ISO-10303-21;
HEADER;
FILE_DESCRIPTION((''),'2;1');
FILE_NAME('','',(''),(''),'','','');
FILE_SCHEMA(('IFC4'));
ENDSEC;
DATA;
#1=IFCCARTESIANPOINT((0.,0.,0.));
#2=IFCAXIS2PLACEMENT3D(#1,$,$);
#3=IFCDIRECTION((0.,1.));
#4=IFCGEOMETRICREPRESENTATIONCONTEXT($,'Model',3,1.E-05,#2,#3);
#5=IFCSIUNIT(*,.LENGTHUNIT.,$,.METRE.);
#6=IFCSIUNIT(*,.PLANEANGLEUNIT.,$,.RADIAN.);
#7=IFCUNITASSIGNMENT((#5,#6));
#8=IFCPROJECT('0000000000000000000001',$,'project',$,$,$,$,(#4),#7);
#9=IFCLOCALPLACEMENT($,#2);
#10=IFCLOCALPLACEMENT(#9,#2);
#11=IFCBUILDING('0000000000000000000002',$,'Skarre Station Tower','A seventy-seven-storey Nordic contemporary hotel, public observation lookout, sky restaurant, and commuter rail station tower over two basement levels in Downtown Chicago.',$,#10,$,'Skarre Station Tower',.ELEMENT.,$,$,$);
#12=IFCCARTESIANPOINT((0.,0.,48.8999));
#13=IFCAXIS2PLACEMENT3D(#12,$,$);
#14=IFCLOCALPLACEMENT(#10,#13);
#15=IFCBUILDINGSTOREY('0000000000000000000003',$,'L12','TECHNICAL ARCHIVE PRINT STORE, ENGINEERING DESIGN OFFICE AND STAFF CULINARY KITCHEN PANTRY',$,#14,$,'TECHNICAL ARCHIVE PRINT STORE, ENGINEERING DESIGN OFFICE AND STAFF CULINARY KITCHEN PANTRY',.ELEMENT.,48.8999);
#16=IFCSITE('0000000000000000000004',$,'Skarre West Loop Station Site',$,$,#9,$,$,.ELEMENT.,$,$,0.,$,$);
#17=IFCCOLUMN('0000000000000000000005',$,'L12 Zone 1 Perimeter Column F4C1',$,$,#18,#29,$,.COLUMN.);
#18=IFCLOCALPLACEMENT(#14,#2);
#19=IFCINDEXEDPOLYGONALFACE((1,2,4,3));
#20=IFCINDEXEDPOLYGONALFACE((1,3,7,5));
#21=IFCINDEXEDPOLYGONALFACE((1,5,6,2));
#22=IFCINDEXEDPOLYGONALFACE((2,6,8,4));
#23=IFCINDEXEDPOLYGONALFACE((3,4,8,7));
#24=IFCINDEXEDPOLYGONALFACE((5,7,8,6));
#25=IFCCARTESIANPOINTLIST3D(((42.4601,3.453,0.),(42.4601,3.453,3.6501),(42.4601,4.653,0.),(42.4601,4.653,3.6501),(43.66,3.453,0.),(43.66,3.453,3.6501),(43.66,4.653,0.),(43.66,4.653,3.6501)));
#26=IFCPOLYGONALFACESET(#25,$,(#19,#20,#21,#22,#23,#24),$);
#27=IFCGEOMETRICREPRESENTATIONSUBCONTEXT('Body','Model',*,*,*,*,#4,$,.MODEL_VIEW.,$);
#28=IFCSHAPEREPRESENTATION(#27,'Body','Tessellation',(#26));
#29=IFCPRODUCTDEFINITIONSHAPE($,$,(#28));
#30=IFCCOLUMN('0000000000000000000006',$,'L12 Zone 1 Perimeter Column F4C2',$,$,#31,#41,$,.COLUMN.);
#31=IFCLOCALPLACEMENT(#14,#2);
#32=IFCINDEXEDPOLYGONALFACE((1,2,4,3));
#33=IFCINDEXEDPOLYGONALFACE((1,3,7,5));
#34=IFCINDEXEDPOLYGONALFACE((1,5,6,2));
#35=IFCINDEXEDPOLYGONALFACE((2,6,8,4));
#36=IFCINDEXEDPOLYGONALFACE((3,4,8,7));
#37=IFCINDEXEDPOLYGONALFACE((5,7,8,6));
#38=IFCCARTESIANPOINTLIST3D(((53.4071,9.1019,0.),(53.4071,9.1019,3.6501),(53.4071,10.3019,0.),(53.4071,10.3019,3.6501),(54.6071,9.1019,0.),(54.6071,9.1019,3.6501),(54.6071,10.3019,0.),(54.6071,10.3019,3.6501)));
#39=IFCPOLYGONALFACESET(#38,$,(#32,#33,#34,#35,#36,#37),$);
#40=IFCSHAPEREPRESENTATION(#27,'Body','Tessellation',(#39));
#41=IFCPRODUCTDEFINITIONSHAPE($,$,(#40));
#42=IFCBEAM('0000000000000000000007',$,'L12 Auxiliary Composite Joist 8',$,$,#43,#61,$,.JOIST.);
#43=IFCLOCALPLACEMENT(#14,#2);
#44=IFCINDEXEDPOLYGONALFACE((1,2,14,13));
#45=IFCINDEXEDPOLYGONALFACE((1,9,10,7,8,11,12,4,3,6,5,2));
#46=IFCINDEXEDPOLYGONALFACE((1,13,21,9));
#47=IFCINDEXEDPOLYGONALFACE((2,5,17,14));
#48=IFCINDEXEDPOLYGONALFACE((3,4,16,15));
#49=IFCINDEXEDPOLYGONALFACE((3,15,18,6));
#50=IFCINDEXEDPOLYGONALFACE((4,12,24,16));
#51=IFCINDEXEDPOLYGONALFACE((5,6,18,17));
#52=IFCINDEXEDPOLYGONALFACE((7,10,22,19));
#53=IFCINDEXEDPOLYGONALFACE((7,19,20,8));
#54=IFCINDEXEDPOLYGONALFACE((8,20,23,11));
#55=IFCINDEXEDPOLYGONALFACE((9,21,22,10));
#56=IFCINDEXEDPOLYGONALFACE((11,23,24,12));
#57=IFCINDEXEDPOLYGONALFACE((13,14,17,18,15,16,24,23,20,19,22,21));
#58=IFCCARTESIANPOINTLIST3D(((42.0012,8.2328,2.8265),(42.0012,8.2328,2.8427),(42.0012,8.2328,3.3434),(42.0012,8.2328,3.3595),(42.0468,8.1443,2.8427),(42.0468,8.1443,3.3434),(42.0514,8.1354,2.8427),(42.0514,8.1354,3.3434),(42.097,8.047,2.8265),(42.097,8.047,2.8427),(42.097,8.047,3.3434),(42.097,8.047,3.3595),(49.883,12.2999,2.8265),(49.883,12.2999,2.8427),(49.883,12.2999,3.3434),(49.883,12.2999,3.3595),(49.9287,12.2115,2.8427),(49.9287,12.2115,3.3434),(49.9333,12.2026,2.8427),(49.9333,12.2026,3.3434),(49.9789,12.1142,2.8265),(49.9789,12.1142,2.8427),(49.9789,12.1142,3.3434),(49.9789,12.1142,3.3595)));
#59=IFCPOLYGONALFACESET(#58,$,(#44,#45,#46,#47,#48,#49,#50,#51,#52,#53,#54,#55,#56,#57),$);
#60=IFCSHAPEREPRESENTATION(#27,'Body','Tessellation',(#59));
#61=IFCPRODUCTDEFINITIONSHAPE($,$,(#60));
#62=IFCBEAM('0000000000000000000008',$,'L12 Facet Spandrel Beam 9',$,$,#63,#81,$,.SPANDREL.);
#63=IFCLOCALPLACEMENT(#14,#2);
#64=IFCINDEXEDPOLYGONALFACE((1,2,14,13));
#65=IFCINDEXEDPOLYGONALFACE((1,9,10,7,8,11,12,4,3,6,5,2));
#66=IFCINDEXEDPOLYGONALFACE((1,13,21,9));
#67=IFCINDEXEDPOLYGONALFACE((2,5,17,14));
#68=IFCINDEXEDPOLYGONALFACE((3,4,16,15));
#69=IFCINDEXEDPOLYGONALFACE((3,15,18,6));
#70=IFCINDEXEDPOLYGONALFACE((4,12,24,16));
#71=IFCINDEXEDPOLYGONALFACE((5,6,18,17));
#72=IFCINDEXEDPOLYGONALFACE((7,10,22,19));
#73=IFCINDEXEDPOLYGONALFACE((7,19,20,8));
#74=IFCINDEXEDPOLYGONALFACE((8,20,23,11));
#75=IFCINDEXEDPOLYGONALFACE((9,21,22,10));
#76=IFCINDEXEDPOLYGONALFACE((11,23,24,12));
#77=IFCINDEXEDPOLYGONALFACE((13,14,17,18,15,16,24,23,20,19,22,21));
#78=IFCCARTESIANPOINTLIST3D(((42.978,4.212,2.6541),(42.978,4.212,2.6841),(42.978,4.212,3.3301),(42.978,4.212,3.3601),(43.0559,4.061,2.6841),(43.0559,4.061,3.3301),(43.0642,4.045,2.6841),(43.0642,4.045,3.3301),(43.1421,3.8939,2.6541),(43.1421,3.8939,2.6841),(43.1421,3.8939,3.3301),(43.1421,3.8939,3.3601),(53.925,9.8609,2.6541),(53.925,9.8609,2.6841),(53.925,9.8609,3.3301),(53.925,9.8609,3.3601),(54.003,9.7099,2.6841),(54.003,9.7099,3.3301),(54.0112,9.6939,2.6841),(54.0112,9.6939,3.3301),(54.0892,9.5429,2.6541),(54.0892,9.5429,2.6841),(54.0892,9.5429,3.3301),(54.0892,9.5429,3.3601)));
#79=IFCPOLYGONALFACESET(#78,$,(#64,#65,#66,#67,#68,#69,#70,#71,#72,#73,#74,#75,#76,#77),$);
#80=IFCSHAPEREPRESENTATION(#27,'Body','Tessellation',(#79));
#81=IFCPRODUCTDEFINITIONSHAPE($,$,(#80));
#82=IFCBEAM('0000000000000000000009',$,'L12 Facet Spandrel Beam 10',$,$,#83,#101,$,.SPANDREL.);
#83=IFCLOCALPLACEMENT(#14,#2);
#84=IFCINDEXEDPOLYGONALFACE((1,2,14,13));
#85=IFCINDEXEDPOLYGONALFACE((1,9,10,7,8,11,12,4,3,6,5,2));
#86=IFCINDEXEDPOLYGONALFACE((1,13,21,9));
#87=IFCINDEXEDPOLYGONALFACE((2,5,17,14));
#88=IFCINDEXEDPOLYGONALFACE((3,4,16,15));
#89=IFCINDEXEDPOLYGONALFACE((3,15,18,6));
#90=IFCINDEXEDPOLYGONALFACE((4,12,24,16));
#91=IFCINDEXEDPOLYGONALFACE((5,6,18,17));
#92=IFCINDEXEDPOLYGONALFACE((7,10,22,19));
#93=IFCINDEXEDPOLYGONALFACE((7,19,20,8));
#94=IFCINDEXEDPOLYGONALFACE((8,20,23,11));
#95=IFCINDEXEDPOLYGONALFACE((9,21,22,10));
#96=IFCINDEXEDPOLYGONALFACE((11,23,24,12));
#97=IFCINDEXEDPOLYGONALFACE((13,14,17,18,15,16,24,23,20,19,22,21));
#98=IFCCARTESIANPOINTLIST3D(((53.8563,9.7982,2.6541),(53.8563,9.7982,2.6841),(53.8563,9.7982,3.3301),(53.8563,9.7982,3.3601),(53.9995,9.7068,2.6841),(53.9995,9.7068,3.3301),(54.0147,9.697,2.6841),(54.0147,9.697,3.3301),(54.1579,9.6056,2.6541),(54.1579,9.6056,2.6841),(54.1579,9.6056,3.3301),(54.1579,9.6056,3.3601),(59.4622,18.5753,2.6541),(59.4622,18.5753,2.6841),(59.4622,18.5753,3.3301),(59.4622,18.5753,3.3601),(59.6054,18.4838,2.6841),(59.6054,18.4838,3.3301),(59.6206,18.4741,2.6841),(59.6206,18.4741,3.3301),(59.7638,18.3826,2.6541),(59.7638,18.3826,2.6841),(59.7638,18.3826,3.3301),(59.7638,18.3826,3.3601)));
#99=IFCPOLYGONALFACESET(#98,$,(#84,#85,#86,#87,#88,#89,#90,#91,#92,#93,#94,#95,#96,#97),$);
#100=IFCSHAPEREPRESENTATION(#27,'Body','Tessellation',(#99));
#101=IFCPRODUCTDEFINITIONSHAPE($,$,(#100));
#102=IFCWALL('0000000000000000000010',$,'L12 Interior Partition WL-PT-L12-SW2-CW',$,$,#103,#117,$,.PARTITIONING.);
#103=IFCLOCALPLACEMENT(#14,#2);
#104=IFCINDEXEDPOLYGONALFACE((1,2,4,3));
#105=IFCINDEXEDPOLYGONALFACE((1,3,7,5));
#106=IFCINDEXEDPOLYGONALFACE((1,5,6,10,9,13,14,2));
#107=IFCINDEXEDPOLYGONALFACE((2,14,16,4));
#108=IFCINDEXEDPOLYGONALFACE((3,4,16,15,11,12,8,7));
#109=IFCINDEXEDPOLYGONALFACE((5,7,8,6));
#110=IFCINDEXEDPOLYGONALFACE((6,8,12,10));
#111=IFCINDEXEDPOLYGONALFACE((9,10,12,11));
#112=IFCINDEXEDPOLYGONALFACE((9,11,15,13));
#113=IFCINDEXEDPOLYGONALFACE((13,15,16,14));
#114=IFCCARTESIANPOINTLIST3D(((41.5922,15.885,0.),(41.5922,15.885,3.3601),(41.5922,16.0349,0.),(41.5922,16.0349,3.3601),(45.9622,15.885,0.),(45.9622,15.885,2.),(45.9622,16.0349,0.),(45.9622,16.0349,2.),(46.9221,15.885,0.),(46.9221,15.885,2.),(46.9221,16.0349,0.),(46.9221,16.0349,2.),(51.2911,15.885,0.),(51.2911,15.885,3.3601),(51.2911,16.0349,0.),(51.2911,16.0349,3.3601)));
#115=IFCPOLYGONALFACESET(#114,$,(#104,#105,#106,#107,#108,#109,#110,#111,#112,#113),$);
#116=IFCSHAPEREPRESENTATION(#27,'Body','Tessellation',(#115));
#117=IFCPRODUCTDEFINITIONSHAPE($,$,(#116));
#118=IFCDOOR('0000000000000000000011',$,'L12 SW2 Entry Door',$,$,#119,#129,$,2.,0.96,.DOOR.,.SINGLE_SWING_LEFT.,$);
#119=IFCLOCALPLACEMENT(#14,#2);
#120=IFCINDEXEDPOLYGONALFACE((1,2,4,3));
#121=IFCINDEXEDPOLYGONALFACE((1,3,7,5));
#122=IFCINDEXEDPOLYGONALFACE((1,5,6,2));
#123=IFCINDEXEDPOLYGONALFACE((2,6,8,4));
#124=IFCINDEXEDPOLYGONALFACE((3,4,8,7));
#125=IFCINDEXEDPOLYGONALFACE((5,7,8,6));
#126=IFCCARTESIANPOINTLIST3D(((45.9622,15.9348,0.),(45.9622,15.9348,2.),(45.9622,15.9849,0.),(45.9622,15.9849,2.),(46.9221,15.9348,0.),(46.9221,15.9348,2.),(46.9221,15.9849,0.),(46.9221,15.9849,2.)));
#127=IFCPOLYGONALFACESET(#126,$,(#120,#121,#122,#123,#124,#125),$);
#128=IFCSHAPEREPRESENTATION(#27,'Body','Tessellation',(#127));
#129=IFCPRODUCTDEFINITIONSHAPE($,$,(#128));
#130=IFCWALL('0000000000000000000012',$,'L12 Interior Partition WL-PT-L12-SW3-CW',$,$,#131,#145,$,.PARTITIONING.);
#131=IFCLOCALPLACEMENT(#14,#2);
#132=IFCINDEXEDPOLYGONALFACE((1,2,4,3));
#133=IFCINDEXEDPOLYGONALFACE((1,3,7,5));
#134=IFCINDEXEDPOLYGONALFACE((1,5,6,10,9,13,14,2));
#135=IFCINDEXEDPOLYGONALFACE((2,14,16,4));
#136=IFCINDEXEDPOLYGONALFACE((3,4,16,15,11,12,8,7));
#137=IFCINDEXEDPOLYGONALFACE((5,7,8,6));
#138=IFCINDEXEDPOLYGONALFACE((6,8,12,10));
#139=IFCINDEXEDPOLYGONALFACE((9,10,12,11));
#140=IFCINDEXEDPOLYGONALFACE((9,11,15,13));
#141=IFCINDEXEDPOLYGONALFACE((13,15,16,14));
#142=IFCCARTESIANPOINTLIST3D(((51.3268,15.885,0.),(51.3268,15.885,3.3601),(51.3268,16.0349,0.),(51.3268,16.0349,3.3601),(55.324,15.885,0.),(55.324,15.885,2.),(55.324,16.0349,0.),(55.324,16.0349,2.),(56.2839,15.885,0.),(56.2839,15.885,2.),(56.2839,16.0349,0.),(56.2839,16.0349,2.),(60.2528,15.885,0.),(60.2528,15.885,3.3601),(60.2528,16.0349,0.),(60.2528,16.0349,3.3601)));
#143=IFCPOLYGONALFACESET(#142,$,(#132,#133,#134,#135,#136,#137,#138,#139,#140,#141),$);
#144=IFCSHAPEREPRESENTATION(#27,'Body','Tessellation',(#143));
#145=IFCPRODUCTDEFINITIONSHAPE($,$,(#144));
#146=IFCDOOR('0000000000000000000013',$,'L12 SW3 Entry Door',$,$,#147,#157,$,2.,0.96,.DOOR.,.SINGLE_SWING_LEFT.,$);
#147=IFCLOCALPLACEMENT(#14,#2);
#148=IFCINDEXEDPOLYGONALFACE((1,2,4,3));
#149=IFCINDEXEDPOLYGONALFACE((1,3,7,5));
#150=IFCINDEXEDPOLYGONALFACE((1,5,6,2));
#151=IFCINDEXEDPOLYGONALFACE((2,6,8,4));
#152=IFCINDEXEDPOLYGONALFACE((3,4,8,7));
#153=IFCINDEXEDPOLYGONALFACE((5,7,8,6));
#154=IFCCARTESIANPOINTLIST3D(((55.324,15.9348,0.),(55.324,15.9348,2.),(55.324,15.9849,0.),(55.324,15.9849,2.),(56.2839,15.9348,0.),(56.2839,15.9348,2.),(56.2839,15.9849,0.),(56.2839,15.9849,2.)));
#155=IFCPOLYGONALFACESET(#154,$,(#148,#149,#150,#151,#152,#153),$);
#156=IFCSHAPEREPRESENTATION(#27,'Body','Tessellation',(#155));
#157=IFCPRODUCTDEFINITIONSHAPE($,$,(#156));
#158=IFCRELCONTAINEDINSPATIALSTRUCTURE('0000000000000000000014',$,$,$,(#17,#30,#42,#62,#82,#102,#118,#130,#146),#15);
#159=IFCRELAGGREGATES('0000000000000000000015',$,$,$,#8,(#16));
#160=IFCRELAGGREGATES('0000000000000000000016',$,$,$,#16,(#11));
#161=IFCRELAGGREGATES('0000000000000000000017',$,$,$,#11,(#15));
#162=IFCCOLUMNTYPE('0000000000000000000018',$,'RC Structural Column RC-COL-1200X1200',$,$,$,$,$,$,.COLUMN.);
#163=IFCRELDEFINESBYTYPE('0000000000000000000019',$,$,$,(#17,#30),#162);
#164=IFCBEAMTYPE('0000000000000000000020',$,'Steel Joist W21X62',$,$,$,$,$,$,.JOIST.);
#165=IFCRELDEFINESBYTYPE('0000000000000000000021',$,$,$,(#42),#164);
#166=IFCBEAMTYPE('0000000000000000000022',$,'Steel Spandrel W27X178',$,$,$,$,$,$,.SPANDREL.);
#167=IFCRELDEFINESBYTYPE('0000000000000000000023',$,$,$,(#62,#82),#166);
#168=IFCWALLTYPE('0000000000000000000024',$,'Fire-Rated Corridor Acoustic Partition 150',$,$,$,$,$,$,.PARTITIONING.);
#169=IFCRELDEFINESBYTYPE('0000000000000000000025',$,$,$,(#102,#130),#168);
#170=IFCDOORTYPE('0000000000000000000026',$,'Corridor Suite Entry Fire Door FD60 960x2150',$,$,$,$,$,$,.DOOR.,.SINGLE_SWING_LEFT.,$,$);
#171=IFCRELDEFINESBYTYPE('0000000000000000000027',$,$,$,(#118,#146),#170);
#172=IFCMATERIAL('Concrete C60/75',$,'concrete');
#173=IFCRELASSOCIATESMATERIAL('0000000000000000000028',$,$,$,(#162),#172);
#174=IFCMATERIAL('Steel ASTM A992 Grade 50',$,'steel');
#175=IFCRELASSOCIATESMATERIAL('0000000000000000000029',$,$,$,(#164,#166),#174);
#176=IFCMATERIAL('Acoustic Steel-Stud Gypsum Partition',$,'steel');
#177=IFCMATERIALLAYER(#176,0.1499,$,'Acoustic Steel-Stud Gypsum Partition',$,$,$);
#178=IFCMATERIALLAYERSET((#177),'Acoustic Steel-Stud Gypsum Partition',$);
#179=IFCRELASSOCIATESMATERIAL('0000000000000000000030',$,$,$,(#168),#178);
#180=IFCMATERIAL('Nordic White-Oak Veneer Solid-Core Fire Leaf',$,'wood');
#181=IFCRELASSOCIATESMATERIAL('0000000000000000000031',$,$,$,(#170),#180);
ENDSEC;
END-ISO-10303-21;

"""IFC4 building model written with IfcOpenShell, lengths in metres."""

from ifc_helpers import new_model, si_unit, direction, frame, frame_2d, origin, origin_2d, place, context, subcontext, project, spatial, rectangle, i_section, extrude, material, layer, layer_set, material_profile, profile_set, type_object, element, fill, save


model = new_model("IFC4")

# Units and contexts
model_context = context("Model", 3, precision=1e-05, world=origin(), true_north=direction((0.0, 1.0)))
body_context = subcontext(model_context, "Body", "Model", "MODEL_VIEW")
ifc_project = project(units=[si_unit("LENGTHUNIT", "METRE"), si_unit("PLANEANGLEUNIT", "RADIAN")], contexts=[model_context])

# Site, building, storey
site_placement = place(None, origin())
site = spatial("IfcSite", under=ifc_project, at=site_placement, Name="Skarre West Loop Station Site", CompositionType="ELEMENT", RefElevation=0.0)
building_placement = place(site_placement, origin())
building = spatial("IfcBuilding", under=site, at=building_placement, Name="Skarre Station Tower", Description="A seventy-seven-storey Nordic contemporary hotel, public observation lookout, sky restaurant, and commuter rail station tower over two basement levels in Downtown Chicago.", LongName="Skarre Station Tower", CompositionType="ELEMENT")
storey_placement = place(building_placement, frame((0.0, 0.0, 48.8999)))
storey = spatial("IfcBuildingStorey", under=building, at=storey_placement, Name="L12", Description="TECHNICAL ARCHIVE PRINT STORE, ENGINEERING DESIGN OFFICE AND STAFF CULINARY KITCHEN PANTRY", LongName="TECHNICAL ARCHIVE PRINT STORE, ENGINEERING DESIGN OFFICE AND STAFF CULINARY KITCHEN PANTRY", CompositionType="ELEMENT", Elevation=48.8999)

# Columns
ifc_material_1 = material(Name="Concrete C60/75", Category="concrete")
ifc_material_profile_1 = material_profile(ifc_material_1, rectangle(XDim=1.2, YDim=1.2, at=origin_2d()), Name="Concrete C60/75")
ifc_profile_set_1 = profile_set([ifc_material_profile_1], Name="Concrete C60/75")
column_type = type_object("IfcColumnType", Name="RC Structural Column RC-COL-1200X1200", PredefinedType="COLUMN", material=ifc_profile_set_1)
for number, where, z_axis, x_axis, name in (
    (1, (43.0601, 4.053, 0.0), (0.0, 0.0, 1.0), (1.0, 0.0, 0.0), "L12 Zone 1 Perimeter Column F4C1"),
    (2, (54.0071, 9.7019, 0.0), (0.0, 0.0, 1.0), (1.0, 0.0, 0.0), "L12 Zone 1 Perimeter Column F4C2"),
):
    element("IfcColumn", number, at=place(storey_placement, frame(where, z_axis=z_axis, x_axis=x_axis)), inside=storey, type_object=column_type, Name=name, PredefinedType="COLUMN", context=body_context, shape_type="SweptSolid", body=[
        extrude(rectangle(XDim=1.2, YDim=1.2, at=origin_2d()), origin(), (0.0, 0.0, 1.0), 3.6501),
    ])

# Beams
ifc_material_2 = material(Name="Steel ASTM A992 Grade 50", Category="steel")
ifc_material_profile_2 = material_profile(ifc_material_2, i_section(OverallWidth=0.209, OverallDepth=0.533, WebThickness=0.01, FlangeThickness=0.0161, at=origin_2d()), Name="Steel ASTM A992 Grade 50")
ifc_profile_set_2 = profile_set([ifc_material_profile_2], Name="Steel ASTM A992 Grade 50")
beam_type_1 = type_object("IfcBeamType", Name="Steel Joist W21X62", PredefinedType="JOIST", material=ifc_profile_set_2)
beam_1_placement = place(storey_placement, frame((42.0491, 8.1399, 3.093), z_axis=(0.888662, 0.458562, 0.0), x_axis=(-0.458562, 0.888662, 0.0)))
element("IfcBeam", 3, at=beam_1_placement, inside=storey, type_object=beam_type_1, Name="L12 Auxiliary Composite Joist 8", PredefinedType="JOIST", context=body_context, shape_type="SweptSolid", body=[
    extrude(i_section(OverallWidth=0.209, OverallDepth=0.533, WebThickness=0.01, FlangeThickness=0.0161, at=origin_2d()), origin(), (0.0, 0.0, 1.0), 8.8694),
])
ifc_material_profile_3 = material_profile(ifc_material_2, i_section(OverallWidth=0.3579, OverallDepth=0.7061, WebThickness=0.0181, FlangeThickness=0.03, at=origin_2d()), Name="Steel ASTM A992 Grade 50")
ifc_profile_set_3 = profile_set([ifc_material_profile_3], Name="Steel ASTM A992 Grade 50")
beam_type_2 = type_object("IfcBeamType", Name="Steel Spandrel W27X178", PredefinedType="SPANDREL", material=ifc_profile_set_3)
beam_2_placement = place(storey_placement, frame((43.0601, 4.053, 3.0071), z_axis=(0.888659, 0.458569, 0.0), x_axis=(-0.458569, 0.888659, 0.0)))
element("IfcBeam", 4, at=beam_2_placement, inside=storey, type_object=beam_type_2, Name="L12 Facet Spandrel Beam 9", PredefinedType="SPANDREL", context=body_context, shape_type="SweptSolid", body=[
    extrude(i_section(OverallWidth=0.3579, OverallDepth=0.7061, WebThickness=0.0181, FlangeThickness=0.03, at=origin_2d()), origin(), (0.0, 0.0, 1.0), 12.3186),
])
beam_3_placement = place(storey_placement, frame((54.0071, 9.7019, 3.0071), z_axis=(0.538278, 0.842767, 0.0), x_axis=(-0.842767, 0.538278, 0.0)))
element("IfcBeam", 5, at=beam_3_placement, inside=storey, type_object=beam_type_2, Name="L12 Facet Spandrel Beam 10", PredefinedType="SPANDREL", context=body_context, shape_type="SweptSolid", body=[
    extrude(i_section(OverallWidth=0.3579, OverallDepth=0.7061, WebThickness=0.0181, FlangeThickness=0.03, at=origin_2d()), origin(), (0.0, 0.0, 1.0), 10.4146),
])

# Walls, openings, doors
ifc_material_3 = material(Name="Acoustic Steel-Stud Gypsum Partition", Category="steel")
ifc_layer_1 = layer(ifc_material_3, 0.1499, Name="Acoustic Steel-Stud Gypsum Partition")
ifc_layer_set_1 = layer_set([ifc_layer_1], Name="Acoustic Steel-Stud Gypsum Partition")
wall_type_1 = type_object("IfcWallType", Name="Fire-Rated Corridor Acoustic Partition 150", PredefinedType="PARTITIONING", material=ifc_layer_set_1)
wall_1_placement = place(storey_placement, frame((41.592, 15.96, 0.0), z_axis=(0.0, 0.0, 1.0), x_axis=(1.0, 0.0, 0.0)))
wall_1 = element("IfcWall", 6, at=wall_1_placement, inside=storey, type_object=wall_type_1, Name="L12 Interior Partition WL-PT-L12-SW2-CW", PredefinedType="PARTITIONING", context=body_context, shape_type="SweptSolid", body=[
    extrude(rectangle(XDim=9.699, YDim=0.1499, at=frame_2d((4.8496, 0.0))), origin(), (0.0, 0.0, 1.0), 3.3601),
])
opening_1_placement = place(wall_1_placement, frame((4.3701, 0.0, 0.0)))
opening_1 = element("IfcOpeningElement", 7, at=opening_1_placement, cuts=wall_1, PredefinedType="OPENING", context=body_context, shape_type="SweptSolid", body=[
    extrude(rectangle(XDim=0.96, YDim=2.0, at=frame_2d((0.48, 1.0))), frame((0.0, 0.085, 0.0), z_axis=(0.0, -1.0, 0.0), x_axis=(1.0, 0.0, 0.0)), (0.0, 0.0, 1.0), 0.1699),
])
ifc_material_4 = material(Name="Nordic White-Oak Veneer Solid-Core Fire Leaf", Category="wood")
door_type = type_object("IfcDoorType", Name="Corridor Suite Entry Fire Door FD60 960x2150", OperationType="SINGLE_SWING_LEFT", PredefinedType="DOOR", material=ifc_material_4)
door_1_placement = place(opening_1_placement, origin())
door_1 = element("IfcDoor", 8, at=door_1_placement, inside=storey, type_object=door_type, Name="L12 SW2 Entry Door", OperationType="SINGLE_SWING_LEFT", OverallHeight=2.0, OverallWidth=0.96, PredefinedType="DOOR", context=body_context, shape_type="SweptSolid", body=[
    extrude(rectangle(XDim=0.96, YDim=2.0, at=frame_2d((0.48, 1.0))), frame((0.0, 0.0249, 0.0), z_axis=(0.0, -1.0, 0.0), x_axis=(1.0, 0.0, 0.0)), (0.0, 0.0, 1.0), 0.05),
])
fill(opening_1, door_1)
wall_2_placement = place(storey_placement, frame((51.3269, 15.96, 0.0), z_axis=(0.0, 0.0, 1.0), x_axis=(1.0, 0.0, 0.0)))
wall_2 = element("IfcWall", 9, at=wall_2_placement, inside=storey, type_object=wall_type_1, Name="L12 Interior Partition WL-PT-L12-SW3-CW", PredefinedType="PARTITIONING", context=body_context, shape_type="SweptSolid", body=[
    extrude(rectangle(XDim=8.926, YDim=0.1499, at=frame_2d((4.4629, 0.0))), origin(), (0.0, 0.0, 1.0), 3.3601),
])
opening_2_placement = place(wall_2_placement, frame((3.9971, 0.0, 0.0)))
opening_2 = element("IfcOpeningElement", 10, at=opening_2_placement, cuts=wall_2, PredefinedType="OPENING", context=body_context, shape_type="SweptSolid", body=[
    extrude(rectangle(XDim=0.96, YDim=2.0, at=frame_2d((0.48, 1.0))), frame((0.0, 0.085, 0.0), z_axis=(0.0, -1.0, 0.0), x_axis=(1.0, 0.0, 0.0)), (0.0, 0.0, 1.0), 0.1699),
])
door_2_placement = place(opening_2_placement, origin())
door_2 = element("IfcDoor", 11, at=door_2_placement, inside=storey, type_object=door_type, Name="L12 SW3 Entry Door", OperationType="SINGLE_SWING_LEFT", OverallHeight=2.0, OverallWidth=0.96, PredefinedType="DOOR", context=body_context, shape_type="SweptSolid", body=[
    extrude(rectangle(XDim=0.96, YDim=2.0, at=frame_2d((0.48, 1.0))), frame((0.0, 0.0249, 0.0), z_axis=(0.0, -1.0, 0.0), x_axis=(1.0, 0.0, 0.0)), (0.0, 0.0, 1.0), 0.05),
])
fill(opening_2, door_2)

save(model, "model.ifc")
